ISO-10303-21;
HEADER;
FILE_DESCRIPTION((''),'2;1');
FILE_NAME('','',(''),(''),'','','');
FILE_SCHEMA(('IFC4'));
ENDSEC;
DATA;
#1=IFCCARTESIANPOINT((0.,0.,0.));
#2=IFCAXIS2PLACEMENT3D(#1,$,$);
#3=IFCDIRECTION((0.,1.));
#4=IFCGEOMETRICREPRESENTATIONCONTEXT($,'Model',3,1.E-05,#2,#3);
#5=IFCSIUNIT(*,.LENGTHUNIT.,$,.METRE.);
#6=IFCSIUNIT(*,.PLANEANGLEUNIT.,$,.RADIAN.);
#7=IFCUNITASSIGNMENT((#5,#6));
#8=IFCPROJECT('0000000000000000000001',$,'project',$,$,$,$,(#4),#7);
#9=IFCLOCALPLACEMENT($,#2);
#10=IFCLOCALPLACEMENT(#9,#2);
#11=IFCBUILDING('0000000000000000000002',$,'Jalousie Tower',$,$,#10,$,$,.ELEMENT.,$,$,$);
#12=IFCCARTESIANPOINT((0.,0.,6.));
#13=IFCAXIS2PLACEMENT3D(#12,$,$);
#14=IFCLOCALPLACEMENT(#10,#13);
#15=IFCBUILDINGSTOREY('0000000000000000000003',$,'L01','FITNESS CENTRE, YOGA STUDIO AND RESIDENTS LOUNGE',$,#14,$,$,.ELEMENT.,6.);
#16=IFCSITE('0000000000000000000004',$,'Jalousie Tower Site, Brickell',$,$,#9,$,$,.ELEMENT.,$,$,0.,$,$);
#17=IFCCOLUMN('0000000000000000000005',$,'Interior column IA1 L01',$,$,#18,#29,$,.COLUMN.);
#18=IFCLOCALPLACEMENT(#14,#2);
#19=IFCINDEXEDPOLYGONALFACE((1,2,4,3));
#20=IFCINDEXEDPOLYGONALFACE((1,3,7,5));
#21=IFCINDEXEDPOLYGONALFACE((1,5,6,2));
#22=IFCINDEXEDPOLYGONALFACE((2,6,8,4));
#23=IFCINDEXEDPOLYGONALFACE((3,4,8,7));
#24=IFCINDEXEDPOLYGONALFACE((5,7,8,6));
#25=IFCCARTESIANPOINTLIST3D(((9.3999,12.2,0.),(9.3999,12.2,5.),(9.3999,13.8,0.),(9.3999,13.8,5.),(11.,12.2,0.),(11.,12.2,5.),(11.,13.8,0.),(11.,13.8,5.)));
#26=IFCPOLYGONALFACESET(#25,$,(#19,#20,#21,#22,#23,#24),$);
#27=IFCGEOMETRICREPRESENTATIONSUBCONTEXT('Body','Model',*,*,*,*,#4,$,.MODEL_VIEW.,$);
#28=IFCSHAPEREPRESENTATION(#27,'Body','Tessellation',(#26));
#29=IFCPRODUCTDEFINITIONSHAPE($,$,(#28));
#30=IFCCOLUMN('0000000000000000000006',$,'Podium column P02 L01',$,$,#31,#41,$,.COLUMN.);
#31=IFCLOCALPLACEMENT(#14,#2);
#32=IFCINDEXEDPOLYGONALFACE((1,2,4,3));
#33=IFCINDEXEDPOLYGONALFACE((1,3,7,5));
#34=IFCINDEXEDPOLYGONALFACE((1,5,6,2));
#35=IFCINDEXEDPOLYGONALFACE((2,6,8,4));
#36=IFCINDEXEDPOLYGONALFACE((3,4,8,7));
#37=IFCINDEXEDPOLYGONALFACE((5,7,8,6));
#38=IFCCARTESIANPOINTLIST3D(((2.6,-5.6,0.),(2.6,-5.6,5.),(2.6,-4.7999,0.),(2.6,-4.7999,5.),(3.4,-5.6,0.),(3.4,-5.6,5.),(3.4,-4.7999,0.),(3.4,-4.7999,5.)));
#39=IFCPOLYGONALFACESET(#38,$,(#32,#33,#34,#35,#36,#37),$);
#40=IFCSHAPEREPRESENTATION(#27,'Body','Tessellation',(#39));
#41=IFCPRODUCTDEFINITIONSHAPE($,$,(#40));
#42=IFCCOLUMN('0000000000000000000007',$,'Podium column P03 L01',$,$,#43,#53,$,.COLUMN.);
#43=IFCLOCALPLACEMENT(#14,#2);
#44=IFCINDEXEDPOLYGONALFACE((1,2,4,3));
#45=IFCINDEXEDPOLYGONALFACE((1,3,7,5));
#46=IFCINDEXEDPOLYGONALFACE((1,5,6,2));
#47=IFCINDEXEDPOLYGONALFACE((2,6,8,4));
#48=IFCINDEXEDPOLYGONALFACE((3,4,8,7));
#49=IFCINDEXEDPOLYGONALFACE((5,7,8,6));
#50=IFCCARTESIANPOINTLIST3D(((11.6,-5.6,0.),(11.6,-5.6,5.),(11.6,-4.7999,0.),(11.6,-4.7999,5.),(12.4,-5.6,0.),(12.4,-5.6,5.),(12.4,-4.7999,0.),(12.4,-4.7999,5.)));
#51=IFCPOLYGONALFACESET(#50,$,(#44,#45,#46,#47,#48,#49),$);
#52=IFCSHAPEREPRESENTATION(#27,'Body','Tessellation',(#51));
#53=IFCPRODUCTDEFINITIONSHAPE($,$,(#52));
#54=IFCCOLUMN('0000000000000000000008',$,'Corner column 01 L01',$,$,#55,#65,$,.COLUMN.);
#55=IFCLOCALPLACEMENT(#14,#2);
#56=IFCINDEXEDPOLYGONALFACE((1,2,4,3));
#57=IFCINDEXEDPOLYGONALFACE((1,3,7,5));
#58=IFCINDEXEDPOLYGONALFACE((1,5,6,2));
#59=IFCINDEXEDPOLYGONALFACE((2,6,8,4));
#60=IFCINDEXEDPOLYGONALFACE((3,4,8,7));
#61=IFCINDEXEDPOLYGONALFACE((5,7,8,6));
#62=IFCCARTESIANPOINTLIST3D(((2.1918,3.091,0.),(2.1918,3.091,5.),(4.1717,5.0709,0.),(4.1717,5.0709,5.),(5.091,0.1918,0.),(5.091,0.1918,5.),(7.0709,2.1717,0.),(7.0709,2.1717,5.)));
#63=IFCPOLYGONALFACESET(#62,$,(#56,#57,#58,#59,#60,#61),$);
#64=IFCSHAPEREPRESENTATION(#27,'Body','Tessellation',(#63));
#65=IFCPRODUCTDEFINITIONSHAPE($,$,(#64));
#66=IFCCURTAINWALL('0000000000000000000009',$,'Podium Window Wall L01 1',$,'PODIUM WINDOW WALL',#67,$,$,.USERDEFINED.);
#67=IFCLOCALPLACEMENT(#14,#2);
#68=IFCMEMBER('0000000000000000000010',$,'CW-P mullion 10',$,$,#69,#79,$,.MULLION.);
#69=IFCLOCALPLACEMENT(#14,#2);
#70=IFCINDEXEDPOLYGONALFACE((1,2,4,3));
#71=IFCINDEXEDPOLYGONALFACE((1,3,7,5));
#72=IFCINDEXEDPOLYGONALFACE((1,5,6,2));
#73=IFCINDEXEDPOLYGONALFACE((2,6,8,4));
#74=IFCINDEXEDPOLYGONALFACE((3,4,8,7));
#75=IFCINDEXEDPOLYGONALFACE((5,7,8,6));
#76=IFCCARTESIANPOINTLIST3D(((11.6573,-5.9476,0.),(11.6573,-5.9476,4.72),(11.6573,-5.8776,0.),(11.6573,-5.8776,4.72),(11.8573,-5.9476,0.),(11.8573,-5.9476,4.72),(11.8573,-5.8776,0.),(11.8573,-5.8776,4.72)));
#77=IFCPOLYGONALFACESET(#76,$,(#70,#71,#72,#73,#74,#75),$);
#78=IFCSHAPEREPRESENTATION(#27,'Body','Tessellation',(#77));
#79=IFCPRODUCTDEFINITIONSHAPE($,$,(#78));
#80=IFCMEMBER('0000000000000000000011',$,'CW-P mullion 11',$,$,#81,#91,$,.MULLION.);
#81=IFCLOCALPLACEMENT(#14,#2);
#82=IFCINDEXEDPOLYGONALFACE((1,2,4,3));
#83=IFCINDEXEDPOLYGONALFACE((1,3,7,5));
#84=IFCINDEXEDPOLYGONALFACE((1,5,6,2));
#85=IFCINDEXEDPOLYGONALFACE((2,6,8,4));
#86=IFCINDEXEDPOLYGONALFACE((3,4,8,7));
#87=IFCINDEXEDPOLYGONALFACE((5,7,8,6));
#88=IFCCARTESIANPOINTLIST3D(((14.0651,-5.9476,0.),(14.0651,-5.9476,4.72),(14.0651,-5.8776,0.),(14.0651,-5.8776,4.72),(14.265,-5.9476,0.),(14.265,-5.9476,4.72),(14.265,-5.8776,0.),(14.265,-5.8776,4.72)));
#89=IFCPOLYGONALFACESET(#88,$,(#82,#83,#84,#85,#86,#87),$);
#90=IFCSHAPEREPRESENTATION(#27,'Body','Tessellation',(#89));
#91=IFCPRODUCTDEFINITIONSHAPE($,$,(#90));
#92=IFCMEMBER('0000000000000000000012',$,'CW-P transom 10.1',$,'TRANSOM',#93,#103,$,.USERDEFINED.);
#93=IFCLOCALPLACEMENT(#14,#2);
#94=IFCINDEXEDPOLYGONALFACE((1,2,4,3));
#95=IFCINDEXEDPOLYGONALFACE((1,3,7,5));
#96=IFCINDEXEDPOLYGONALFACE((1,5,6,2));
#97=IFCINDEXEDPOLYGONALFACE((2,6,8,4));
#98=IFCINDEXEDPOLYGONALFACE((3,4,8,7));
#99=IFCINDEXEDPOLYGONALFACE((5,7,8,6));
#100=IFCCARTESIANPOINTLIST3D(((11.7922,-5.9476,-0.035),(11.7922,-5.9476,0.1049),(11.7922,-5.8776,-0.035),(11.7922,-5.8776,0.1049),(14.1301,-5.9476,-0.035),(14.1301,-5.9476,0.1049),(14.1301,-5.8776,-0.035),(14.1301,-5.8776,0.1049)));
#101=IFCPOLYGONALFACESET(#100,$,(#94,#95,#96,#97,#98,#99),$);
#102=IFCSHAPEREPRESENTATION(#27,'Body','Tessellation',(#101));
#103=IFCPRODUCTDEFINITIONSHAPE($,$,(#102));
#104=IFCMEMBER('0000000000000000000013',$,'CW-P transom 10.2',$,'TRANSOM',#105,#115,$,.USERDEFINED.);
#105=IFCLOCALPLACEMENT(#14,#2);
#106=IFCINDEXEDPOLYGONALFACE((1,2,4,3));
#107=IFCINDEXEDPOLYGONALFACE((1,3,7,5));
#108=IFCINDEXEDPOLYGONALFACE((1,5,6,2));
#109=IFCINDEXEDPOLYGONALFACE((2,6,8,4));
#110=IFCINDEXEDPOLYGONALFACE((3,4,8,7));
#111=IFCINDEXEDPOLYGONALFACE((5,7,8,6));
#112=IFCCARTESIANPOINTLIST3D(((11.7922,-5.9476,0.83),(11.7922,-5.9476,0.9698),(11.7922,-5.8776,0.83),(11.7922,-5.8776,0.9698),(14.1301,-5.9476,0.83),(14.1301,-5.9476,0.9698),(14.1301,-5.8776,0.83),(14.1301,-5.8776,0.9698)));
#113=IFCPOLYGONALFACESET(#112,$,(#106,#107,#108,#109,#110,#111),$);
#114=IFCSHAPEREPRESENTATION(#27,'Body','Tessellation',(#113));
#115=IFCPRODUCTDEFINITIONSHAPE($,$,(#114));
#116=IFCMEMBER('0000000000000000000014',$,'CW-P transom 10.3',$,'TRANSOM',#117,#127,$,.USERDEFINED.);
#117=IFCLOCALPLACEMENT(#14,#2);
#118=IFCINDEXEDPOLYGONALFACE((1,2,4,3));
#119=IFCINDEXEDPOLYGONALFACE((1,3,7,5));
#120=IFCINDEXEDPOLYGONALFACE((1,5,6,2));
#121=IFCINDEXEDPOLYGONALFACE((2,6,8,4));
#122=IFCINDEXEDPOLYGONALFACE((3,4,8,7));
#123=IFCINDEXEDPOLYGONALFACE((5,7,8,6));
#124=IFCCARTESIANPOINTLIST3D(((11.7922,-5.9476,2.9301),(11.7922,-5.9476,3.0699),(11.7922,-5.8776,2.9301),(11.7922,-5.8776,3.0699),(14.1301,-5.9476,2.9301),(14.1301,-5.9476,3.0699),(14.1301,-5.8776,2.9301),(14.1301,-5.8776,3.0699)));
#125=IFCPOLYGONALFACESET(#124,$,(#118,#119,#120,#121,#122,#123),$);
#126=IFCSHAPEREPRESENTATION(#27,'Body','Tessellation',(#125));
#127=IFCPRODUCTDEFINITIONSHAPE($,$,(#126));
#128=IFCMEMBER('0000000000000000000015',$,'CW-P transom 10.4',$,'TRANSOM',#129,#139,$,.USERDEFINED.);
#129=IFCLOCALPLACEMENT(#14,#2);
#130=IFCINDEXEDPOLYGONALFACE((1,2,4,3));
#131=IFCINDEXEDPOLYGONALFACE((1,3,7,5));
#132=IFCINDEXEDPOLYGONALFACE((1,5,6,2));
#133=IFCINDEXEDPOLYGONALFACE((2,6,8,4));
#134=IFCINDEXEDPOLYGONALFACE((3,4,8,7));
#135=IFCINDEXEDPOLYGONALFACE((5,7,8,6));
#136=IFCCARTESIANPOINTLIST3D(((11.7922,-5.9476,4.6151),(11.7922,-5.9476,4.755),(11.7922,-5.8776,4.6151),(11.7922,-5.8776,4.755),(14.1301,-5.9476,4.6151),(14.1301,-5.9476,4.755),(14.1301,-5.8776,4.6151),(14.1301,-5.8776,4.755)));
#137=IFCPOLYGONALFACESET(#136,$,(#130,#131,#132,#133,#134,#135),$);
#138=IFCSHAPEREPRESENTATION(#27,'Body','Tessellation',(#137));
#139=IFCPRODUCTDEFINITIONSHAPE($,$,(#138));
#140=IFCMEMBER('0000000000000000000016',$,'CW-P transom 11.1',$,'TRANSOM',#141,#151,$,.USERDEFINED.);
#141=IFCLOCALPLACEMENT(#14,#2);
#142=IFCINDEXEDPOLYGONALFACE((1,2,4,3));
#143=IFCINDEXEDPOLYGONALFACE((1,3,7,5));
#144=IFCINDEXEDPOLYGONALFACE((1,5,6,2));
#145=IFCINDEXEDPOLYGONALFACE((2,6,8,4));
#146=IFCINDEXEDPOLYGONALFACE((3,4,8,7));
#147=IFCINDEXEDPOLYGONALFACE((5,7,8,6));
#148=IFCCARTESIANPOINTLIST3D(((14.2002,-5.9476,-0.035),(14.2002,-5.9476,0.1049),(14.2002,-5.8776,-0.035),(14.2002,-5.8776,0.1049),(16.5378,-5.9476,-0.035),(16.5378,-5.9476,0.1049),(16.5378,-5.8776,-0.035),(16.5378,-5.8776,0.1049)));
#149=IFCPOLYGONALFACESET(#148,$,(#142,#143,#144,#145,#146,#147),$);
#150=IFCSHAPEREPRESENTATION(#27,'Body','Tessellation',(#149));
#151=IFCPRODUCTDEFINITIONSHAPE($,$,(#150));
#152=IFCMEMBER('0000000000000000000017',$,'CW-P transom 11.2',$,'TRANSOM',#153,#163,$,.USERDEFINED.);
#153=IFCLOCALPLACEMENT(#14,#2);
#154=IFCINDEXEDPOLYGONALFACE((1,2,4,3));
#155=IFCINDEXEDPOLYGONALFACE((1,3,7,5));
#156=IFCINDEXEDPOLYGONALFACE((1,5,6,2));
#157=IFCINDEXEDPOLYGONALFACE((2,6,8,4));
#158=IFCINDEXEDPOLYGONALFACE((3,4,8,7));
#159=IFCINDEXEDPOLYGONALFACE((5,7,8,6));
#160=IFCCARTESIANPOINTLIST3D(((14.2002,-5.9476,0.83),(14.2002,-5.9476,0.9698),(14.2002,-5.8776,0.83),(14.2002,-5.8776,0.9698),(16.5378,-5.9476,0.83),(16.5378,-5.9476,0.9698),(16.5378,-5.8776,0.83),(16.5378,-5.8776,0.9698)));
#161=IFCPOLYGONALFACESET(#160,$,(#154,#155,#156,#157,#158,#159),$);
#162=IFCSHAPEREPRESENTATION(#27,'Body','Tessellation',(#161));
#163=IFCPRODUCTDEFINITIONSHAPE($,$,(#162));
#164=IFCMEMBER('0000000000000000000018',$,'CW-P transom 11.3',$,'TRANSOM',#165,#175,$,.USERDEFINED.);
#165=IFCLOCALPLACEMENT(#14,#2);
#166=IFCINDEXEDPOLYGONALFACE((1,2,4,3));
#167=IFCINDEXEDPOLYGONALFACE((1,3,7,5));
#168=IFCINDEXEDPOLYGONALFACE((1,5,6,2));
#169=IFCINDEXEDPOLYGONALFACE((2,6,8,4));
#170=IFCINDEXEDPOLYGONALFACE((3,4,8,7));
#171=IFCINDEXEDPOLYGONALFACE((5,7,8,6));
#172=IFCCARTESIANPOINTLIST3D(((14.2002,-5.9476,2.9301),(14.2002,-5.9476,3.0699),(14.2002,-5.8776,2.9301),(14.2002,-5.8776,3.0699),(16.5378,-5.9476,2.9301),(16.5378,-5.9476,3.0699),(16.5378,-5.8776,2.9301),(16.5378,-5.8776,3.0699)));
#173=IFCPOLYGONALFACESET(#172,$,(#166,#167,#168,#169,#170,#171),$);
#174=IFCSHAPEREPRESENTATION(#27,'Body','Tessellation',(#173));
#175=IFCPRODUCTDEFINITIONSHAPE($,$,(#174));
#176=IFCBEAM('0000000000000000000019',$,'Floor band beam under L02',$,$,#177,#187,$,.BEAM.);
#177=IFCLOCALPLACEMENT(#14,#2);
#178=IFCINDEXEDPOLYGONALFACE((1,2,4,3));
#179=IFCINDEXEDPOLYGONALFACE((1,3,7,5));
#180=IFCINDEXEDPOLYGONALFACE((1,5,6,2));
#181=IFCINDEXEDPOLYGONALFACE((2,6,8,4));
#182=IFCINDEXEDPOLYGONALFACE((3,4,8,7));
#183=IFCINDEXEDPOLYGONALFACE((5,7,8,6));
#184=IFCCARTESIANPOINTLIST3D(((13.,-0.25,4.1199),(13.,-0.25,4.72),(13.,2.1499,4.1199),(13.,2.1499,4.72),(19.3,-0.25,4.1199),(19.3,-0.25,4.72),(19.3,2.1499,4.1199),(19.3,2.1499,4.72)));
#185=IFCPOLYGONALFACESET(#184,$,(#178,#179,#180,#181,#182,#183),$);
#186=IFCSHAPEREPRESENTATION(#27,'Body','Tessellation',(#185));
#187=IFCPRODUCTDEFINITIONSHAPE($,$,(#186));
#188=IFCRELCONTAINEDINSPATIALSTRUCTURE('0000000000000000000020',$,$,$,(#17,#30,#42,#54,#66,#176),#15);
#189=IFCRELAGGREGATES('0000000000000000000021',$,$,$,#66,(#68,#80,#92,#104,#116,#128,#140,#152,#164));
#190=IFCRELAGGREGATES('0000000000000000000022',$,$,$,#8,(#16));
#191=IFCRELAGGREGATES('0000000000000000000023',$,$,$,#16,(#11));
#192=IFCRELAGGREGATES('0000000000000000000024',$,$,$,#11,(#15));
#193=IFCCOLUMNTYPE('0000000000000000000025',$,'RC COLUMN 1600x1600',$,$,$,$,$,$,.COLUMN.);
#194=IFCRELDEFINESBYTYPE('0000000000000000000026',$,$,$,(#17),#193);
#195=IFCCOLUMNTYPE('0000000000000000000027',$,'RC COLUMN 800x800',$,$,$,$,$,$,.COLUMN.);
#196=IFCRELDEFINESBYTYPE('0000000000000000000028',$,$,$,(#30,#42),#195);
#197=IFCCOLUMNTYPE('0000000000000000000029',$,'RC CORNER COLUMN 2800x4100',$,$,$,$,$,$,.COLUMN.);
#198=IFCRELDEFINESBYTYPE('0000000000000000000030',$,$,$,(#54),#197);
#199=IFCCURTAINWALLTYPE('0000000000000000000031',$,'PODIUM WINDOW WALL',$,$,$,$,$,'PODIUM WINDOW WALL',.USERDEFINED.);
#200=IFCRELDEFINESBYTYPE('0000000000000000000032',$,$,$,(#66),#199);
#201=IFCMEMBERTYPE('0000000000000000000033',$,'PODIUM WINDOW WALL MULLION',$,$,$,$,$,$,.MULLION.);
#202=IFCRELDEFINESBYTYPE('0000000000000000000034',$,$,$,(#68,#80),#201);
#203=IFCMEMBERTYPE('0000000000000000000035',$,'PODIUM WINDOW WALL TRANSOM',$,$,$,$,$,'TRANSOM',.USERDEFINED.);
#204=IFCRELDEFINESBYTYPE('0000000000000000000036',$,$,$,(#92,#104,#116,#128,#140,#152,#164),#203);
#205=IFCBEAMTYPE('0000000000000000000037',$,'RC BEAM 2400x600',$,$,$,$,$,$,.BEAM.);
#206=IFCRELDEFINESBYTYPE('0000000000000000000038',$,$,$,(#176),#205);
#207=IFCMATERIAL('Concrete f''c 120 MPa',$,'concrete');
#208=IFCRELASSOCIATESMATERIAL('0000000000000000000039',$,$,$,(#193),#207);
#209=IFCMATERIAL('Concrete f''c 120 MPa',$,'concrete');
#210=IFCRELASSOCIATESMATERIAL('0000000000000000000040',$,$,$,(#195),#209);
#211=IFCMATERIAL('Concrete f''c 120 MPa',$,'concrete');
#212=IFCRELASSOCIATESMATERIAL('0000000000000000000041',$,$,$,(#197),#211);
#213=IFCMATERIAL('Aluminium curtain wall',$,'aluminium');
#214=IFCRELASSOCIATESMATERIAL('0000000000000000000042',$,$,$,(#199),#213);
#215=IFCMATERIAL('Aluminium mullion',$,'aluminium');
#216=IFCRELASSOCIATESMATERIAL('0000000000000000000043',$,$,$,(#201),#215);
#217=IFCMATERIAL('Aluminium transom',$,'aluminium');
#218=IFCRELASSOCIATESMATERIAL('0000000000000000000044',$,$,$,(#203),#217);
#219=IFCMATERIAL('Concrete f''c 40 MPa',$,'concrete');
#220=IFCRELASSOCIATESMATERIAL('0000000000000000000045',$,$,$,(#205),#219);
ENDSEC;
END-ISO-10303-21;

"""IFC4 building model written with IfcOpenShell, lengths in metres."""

from ifc_helpers import new_model, si_unit, direction, frame, origin, origin_2d, place, context, subcontext, project, spatial, rectangle, extrude, material, material_profile, profile_set, type_object, element, aggregate, save


model = new_model("IFC4")

# Units and contexts
model_context = context("Model", 3, precision=1e-05, world=origin(), true_north=direction((0.0, 1.0)))
body_context = subcontext(model_context, "Body", "Model", "MODEL_VIEW")
ifc_project = project(units=[si_unit("LENGTHUNIT", "METRE"), si_unit("PLANEANGLEUNIT", "RADIAN")], contexts=[model_context])

# Site, building, storey
site_placement = place(None, origin())
site = spatial("IfcSite", under=ifc_project, at=site_placement, Name="Jalousie Tower Site, Brickell", CompositionType="ELEMENT", RefElevation=0.0)
building_placement = place(site_placement, origin())
building = spatial("IfcBuilding", under=site, at=building_placement, Name="Jalousie Tower", CompositionType="ELEMENT")
storey_placement = place(building_placement, frame((0.0, 0.0, 6.0)))
storey = spatial("IfcBuildingStorey", under=building, at=storey_placement, Name="L01", Description="FITNESS CENTRE, YOGA STUDIO AND RESIDENTS LOUNGE", CompositionType="ELEMENT", Elevation=6.0)

# Columns
ifc_material_1 = material(Name="Concrete f'c 120 MPa", Category="concrete")
ifc_material_profile_1 = material_profile(ifc_material_1, rectangle(XDim=1.6001, YDim=1.6001, at=origin_2d()), Name="RC 1600x1600")
ifc_profile_set_1 = profile_set([ifc_material_profile_1], Name="Concrete f'c 120 MPa")
column_type_1 = type_object("IfcColumnType", Name="RC COLUMN 1600x1600", PredefinedType="COLUMN", material=ifc_profile_set_1)
column_1_placement = place(storey_placement, frame((10.2, 13.0, 0.0), z_axis=(0.0, 0.0, 1.0), x_axis=(1.0, 0.0, 0.0)))
element("IfcColumn", 1, at=column_1_placement, inside=storey, type_object=column_type_1, Name="Interior column IA1 L01", PredefinedType="COLUMN", context=body_context, shape_type="SweptSolid", body=[
    extrude(rectangle(XDim=1.6001, YDim=1.6001, at=origin_2d()), origin(), (0.0, 0.0, 1.0), 5.0),
])
ifc_material_2 = material(Name="Concrete f'c 120 MPa", Category="concrete")
ifc_material_profile_2 = material_profile(ifc_material_2, rectangle(XDim=0.8, YDim=0.8, at=origin_2d()), Name="RC 800x800")
ifc_profile_set_2 = profile_set([ifc_material_profile_2], Name="Concrete f'c 120 MPa")
column_type_2 = type_object("IfcColumnType", Name="RC COLUMN 800x800", PredefinedType="COLUMN", material=ifc_profile_set_2)
for number, where, z_axis, x_axis, name in (
    (2, (3.0, -5.2, 0.0), (0.0, 0.0, 1.0), (1.0, 0.0, 0.0), "Podium column P02 L01"),
    (3, (12.0, -5.2, 0.0), (0.0, 0.0, 1.0), (1.0, 0.0, 0.0), "Podium column P03 L01"),
):
    element("IfcColumn", number, at=place(storey_placement, frame(where, z_axis=z_axis, x_axis=x_axis)), inside=storey, type_object=column_type_2, Name=name, PredefinedType="COLUMN", context=body_context, shape_type="SweptSolid", body=[
        extrude(rectangle(XDim=0.8, YDim=0.8, at=origin_2d()), origin(), (0.0, 0.0, 1.0), 5.0),
    ])
ifc_material_3 = material(Name="Concrete f'c 120 MPa", Category="concrete")
ifc_material_profile_3 = material_profile(ifc_material_3, rectangle(XDim=2.8, YDim=4.1001, at=origin_2d()), Name="RC 2800x4100")
ifc_profile_set_3 = profile_set([ifc_material_profile_3], Name="Concrete f'c 120 MPa")
column_type_3 = type_object("IfcColumnType", Name="RC CORNER COLUMN 2800x4100", PredefinedType="COLUMN", material=ifc_profile_set_3)
column_2_placement = place(storey_placement, frame((4.6313, 2.6313, 0.0), z_axis=(0.0, 0.0, 1.0), x_axis=(0.707107, 0.707107, 0.0)))
element("IfcColumn", 4, at=column_2_placement, inside=storey, type_object=column_type_3, Name="Corner column 01 L01", PredefinedType="COLUMN", context=body_context, shape_type="SweptSolid", body=[
    extrude(rectangle(XDim=2.8, YDim=4.1001, at=origin_2d()), origin(), (0.0, 0.0, 1.0), 5.0),
])

# Curtain wall, members
ifc_material_4 = material(Name="Aluminium curtain wall", Category="aluminium")
curtain_wall_type = type_object("IfcCurtainWallType", Name="PODIUM WINDOW WALL", ElementType="PODIUM WINDOW WALL", PredefinedType="USERDEFINED", material=ifc_material_4)
curtain_wall_placement = place(storey_placement, origin())
curtain_wall = element("IfcCurtainWall", 5, at=curtain_wall_placement, inside=storey, type_object=curtain_wall_type, Name="Podium Window Wall L01 1", ObjectType="PODIUM WINDOW WALL", PredefinedType="USERDEFINED")
ifc_material_5 = material(Name="Aluminium mullion", Category="aluminium")
ifc_material_profile_4 = material_profile(ifc_material_5, rectangle(XDim=0.0701, YDim=0.2, at=origin_2d()), Name="MULLION 70x200")
ifc_profile_set_4 = profile_set([ifc_material_profile_4], Name="Aluminium mullion")
member_type_1 = type_object("IfcMemberType", Name="PODIUM WINDOW WALL MULLION", PredefinedType="MULLION", material=ifc_profile_set_4)
member_1_placement = place(storey_placement, frame((11.7573, -5.9126, 0.0), z_axis=(0.0, 0.0, 1.0), x_axis=(0.0, 1.0, 0.0)))
member_1 = element("IfcMember", 6, at=member_1_placement, type_object=member_type_1, Name="CW-P mullion 10", PredefinedType="MULLION", context=body_context, shape_type="SweptSolid", body=[
    extrude(rectangle(XDim=0.0701, YDim=0.2, at=origin_2d()), origin(), (0.0, 0.0, 1.0), 4.72),
])
member_2_placement = place(storey_placement, frame((14.165, -5.9126, 0.0), z_axis=(0.0, 0.0, 1.0), x_axis=(0.0, 1.0, 0.0)))
member_2 = element("IfcMember", 7, at=member_2_placement, type_object=member_type_1, Name="CW-P mullion 11", PredefinedType="MULLION", context=body_context, shape_type="SweptSolid", body=[
    extrude(rectangle(XDim=0.0701, YDim=0.2, at=origin_2d()), origin(), (0.0, 0.0, 1.0), 4.72),
])
ifc_material_6 = material(Name="Aluminium transom", Category="aluminium")
ifc_material_profile_5 = material_profile(ifc_material_6, rectangle(XDim=0.0701, YDim=0.1399, at=origin_2d()), Name="TRANSOM 70x140")
ifc_profile_set_5 = profile_set([ifc_material_profile_5], Name="Aluminium transom")
member_type_2 = type_object("IfcMemberType", Name="PODIUM WINDOW WALL TRANSOM", ElementType="TRANSOM", PredefinedType="USERDEFINED", material=ifc_profile_set_5)
member_3_placement = place(storey_placement, frame((11.7922, -5.9126, 0.0349), z_axis=(1.0, 0.0, 0.0), x_axis=(0.0, 1.0, 0.0)))
member_3 = element("IfcMember", 8, at=member_3_placement, type_object=member_type_2, Name="CW-P transom 10.1", ObjectType="TRANSOM", PredefinedType="USERDEFINED", context=body_context, shape_type="SweptSolid", body=[
    extrude(rectangle(XDim=0.0701, YDim=0.1399, at=origin_2d()), origin(), (0.0, 0.0, 1.0), 2.3379),
])
member_4_placement = place(storey_placement, frame((11.7922, -5.9126, 0.8999), z_axis=(1.0, 0.0, 0.0), x_axis=(0.0, 1.0, 0.0)))
member_4 = element("IfcMember", 9, at=member_4_placement, type_object=member_type_2, Name="CW-P transom 10.2", ObjectType="TRANSOM", PredefinedType="USERDEFINED", context=body_context, shape_type="SweptSolid", body=[
    extrude(rectangle(XDim=0.0701, YDim=0.1399, at=origin_2d()), origin(), (0.0, 0.0, 1.0), 2.3379),
])
member_5_placement = place(storey_placement, frame((11.7922, -5.9126, 3.0), z_axis=(1.0, 0.0, 0.0), x_axis=(0.0, 1.0, 0.0)))
member_5 = element("IfcMember", 10, at=member_5_placement, type_object=member_type_2, Name="CW-P transom 10.3", ObjectType="TRANSOM", PredefinedType="USERDEFINED", context=body_context, shape_type="SweptSolid", body=[
    extrude(rectangle(XDim=0.0701, YDim=0.1399, at=origin_2d()), origin(), (0.0, 0.0, 1.0), 2.3379),
])
member_6_placement = place(storey_placement, frame((11.7922, -5.9126, 4.6851), z_axis=(1.0, 0.0, 0.0), x_axis=(0.0, 1.0, 0.0)))
member_6 = element("IfcMember", 11, at=member_6_placement, type_object=member_type_2, Name="CW-P transom 10.4", ObjectType="TRANSOM", PredefinedType="USERDEFINED", context=body_context, shape_type="SweptSolid", body=[
    extrude(rectangle(XDim=0.0701, YDim=0.1399, at=origin_2d()), origin(), (0.0, 0.0, 1.0), 2.3379),
])
member_7_placement = place(storey_placement, frame((14.2002, -5.9126, 0.0349), z_axis=(1.0, 0.0, 0.0), x_axis=(0.0, 1.0, 0.0)))
member_7 = element("IfcMember", 12, at=member_7_placement, type_object=member_type_2, Name="CW-P transom 11.1", ObjectType="TRANSOM", PredefinedType="USERDEFINED", context=body_context, shape_type="SweptSolid", body=[
    extrude(rectangle(XDim=0.0701, YDim=0.1399, at=origin_2d()), origin(), (0.0, 0.0, 1.0), 2.3376),
])
member_8_placement = place(storey_placement, frame((14.2002, -5.9126, 0.8999), z_axis=(1.0, 0.0, 0.0), x_axis=(0.0, 1.0, 0.0)))
member_8 = element("IfcMember", 13, at=member_8_placement, type_object=member_type_2, Name="CW-P transom 11.2", ObjectType="TRANSOM", PredefinedType="USERDEFINED", context=body_context, shape_type="SweptSolid", body=[
    extrude(rectangle(XDim=0.0701, YDim=0.1399, at=origin_2d()), origin(), (0.0, 0.0, 1.0), 2.3376),
])
member_9_placement = place(storey_placement, frame((14.2002, -5.9126, 3.0), z_axis=(1.0, 0.0, 0.0), x_axis=(0.0, 1.0, 0.0)))
member_9 = element("IfcMember", 14, at=member_9_placement, type_object=member_type_2, Name="CW-P transom 11.3", ObjectType="TRANSOM", PredefinedType="USERDEFINED", context=body_context, shape_type="SweptSolid", body=[
    extrude(rectangle(XDim=0.0701, YDim=0.1399, at=origin_2d()), origin(), (0.0, 0.0, 1.0), 2.3376),
])

# Beam
ifc_material_7 = material(Name="Concrete f'c 40 MPa", Category="concrete")
ifc_material_profile_6 = material_profile(ifc_material_7, rectangle(XDim=2.3999, YDim=0.6001, at=origin_2d()), Name="RC 2400x600")
ifc_profile_set_6 = profile_set([ifc_material_profile_6], Name="Concrete f'c 40 MPa")
beam_type_1 = type_object("IfcBeamType", Name="RC BEAM 2400x600", PredefinedType="BEAM", material=ifc_profile_set_6)
beam_1_placement = place(storey_placement, frame((13.0, 0.95, 4.4199), z_axis=(1.0, 0.0, 0.0), x_axis=(0.0, 1.0, 0.0)))
element("IfcBeam", 15, at=beam_1_placement, inside=storey, type_object=beam_type_1, Name="Floor band beam under L02", PredefinedType="BEAM", context=body_context, shape_type="SweptSolid", body=[
    extrude(rectangle(XDim=2.3999, YDim=0.6001, at=origin_2d()), origin(), (0.0, 0.0, 1.0), 6.3),
])

aggregate(curtain_wall, [member_1, member_2, member_3, member_4, member_5, member_6, member_7, member_8, member_9])

save(model, "model.ifc")
